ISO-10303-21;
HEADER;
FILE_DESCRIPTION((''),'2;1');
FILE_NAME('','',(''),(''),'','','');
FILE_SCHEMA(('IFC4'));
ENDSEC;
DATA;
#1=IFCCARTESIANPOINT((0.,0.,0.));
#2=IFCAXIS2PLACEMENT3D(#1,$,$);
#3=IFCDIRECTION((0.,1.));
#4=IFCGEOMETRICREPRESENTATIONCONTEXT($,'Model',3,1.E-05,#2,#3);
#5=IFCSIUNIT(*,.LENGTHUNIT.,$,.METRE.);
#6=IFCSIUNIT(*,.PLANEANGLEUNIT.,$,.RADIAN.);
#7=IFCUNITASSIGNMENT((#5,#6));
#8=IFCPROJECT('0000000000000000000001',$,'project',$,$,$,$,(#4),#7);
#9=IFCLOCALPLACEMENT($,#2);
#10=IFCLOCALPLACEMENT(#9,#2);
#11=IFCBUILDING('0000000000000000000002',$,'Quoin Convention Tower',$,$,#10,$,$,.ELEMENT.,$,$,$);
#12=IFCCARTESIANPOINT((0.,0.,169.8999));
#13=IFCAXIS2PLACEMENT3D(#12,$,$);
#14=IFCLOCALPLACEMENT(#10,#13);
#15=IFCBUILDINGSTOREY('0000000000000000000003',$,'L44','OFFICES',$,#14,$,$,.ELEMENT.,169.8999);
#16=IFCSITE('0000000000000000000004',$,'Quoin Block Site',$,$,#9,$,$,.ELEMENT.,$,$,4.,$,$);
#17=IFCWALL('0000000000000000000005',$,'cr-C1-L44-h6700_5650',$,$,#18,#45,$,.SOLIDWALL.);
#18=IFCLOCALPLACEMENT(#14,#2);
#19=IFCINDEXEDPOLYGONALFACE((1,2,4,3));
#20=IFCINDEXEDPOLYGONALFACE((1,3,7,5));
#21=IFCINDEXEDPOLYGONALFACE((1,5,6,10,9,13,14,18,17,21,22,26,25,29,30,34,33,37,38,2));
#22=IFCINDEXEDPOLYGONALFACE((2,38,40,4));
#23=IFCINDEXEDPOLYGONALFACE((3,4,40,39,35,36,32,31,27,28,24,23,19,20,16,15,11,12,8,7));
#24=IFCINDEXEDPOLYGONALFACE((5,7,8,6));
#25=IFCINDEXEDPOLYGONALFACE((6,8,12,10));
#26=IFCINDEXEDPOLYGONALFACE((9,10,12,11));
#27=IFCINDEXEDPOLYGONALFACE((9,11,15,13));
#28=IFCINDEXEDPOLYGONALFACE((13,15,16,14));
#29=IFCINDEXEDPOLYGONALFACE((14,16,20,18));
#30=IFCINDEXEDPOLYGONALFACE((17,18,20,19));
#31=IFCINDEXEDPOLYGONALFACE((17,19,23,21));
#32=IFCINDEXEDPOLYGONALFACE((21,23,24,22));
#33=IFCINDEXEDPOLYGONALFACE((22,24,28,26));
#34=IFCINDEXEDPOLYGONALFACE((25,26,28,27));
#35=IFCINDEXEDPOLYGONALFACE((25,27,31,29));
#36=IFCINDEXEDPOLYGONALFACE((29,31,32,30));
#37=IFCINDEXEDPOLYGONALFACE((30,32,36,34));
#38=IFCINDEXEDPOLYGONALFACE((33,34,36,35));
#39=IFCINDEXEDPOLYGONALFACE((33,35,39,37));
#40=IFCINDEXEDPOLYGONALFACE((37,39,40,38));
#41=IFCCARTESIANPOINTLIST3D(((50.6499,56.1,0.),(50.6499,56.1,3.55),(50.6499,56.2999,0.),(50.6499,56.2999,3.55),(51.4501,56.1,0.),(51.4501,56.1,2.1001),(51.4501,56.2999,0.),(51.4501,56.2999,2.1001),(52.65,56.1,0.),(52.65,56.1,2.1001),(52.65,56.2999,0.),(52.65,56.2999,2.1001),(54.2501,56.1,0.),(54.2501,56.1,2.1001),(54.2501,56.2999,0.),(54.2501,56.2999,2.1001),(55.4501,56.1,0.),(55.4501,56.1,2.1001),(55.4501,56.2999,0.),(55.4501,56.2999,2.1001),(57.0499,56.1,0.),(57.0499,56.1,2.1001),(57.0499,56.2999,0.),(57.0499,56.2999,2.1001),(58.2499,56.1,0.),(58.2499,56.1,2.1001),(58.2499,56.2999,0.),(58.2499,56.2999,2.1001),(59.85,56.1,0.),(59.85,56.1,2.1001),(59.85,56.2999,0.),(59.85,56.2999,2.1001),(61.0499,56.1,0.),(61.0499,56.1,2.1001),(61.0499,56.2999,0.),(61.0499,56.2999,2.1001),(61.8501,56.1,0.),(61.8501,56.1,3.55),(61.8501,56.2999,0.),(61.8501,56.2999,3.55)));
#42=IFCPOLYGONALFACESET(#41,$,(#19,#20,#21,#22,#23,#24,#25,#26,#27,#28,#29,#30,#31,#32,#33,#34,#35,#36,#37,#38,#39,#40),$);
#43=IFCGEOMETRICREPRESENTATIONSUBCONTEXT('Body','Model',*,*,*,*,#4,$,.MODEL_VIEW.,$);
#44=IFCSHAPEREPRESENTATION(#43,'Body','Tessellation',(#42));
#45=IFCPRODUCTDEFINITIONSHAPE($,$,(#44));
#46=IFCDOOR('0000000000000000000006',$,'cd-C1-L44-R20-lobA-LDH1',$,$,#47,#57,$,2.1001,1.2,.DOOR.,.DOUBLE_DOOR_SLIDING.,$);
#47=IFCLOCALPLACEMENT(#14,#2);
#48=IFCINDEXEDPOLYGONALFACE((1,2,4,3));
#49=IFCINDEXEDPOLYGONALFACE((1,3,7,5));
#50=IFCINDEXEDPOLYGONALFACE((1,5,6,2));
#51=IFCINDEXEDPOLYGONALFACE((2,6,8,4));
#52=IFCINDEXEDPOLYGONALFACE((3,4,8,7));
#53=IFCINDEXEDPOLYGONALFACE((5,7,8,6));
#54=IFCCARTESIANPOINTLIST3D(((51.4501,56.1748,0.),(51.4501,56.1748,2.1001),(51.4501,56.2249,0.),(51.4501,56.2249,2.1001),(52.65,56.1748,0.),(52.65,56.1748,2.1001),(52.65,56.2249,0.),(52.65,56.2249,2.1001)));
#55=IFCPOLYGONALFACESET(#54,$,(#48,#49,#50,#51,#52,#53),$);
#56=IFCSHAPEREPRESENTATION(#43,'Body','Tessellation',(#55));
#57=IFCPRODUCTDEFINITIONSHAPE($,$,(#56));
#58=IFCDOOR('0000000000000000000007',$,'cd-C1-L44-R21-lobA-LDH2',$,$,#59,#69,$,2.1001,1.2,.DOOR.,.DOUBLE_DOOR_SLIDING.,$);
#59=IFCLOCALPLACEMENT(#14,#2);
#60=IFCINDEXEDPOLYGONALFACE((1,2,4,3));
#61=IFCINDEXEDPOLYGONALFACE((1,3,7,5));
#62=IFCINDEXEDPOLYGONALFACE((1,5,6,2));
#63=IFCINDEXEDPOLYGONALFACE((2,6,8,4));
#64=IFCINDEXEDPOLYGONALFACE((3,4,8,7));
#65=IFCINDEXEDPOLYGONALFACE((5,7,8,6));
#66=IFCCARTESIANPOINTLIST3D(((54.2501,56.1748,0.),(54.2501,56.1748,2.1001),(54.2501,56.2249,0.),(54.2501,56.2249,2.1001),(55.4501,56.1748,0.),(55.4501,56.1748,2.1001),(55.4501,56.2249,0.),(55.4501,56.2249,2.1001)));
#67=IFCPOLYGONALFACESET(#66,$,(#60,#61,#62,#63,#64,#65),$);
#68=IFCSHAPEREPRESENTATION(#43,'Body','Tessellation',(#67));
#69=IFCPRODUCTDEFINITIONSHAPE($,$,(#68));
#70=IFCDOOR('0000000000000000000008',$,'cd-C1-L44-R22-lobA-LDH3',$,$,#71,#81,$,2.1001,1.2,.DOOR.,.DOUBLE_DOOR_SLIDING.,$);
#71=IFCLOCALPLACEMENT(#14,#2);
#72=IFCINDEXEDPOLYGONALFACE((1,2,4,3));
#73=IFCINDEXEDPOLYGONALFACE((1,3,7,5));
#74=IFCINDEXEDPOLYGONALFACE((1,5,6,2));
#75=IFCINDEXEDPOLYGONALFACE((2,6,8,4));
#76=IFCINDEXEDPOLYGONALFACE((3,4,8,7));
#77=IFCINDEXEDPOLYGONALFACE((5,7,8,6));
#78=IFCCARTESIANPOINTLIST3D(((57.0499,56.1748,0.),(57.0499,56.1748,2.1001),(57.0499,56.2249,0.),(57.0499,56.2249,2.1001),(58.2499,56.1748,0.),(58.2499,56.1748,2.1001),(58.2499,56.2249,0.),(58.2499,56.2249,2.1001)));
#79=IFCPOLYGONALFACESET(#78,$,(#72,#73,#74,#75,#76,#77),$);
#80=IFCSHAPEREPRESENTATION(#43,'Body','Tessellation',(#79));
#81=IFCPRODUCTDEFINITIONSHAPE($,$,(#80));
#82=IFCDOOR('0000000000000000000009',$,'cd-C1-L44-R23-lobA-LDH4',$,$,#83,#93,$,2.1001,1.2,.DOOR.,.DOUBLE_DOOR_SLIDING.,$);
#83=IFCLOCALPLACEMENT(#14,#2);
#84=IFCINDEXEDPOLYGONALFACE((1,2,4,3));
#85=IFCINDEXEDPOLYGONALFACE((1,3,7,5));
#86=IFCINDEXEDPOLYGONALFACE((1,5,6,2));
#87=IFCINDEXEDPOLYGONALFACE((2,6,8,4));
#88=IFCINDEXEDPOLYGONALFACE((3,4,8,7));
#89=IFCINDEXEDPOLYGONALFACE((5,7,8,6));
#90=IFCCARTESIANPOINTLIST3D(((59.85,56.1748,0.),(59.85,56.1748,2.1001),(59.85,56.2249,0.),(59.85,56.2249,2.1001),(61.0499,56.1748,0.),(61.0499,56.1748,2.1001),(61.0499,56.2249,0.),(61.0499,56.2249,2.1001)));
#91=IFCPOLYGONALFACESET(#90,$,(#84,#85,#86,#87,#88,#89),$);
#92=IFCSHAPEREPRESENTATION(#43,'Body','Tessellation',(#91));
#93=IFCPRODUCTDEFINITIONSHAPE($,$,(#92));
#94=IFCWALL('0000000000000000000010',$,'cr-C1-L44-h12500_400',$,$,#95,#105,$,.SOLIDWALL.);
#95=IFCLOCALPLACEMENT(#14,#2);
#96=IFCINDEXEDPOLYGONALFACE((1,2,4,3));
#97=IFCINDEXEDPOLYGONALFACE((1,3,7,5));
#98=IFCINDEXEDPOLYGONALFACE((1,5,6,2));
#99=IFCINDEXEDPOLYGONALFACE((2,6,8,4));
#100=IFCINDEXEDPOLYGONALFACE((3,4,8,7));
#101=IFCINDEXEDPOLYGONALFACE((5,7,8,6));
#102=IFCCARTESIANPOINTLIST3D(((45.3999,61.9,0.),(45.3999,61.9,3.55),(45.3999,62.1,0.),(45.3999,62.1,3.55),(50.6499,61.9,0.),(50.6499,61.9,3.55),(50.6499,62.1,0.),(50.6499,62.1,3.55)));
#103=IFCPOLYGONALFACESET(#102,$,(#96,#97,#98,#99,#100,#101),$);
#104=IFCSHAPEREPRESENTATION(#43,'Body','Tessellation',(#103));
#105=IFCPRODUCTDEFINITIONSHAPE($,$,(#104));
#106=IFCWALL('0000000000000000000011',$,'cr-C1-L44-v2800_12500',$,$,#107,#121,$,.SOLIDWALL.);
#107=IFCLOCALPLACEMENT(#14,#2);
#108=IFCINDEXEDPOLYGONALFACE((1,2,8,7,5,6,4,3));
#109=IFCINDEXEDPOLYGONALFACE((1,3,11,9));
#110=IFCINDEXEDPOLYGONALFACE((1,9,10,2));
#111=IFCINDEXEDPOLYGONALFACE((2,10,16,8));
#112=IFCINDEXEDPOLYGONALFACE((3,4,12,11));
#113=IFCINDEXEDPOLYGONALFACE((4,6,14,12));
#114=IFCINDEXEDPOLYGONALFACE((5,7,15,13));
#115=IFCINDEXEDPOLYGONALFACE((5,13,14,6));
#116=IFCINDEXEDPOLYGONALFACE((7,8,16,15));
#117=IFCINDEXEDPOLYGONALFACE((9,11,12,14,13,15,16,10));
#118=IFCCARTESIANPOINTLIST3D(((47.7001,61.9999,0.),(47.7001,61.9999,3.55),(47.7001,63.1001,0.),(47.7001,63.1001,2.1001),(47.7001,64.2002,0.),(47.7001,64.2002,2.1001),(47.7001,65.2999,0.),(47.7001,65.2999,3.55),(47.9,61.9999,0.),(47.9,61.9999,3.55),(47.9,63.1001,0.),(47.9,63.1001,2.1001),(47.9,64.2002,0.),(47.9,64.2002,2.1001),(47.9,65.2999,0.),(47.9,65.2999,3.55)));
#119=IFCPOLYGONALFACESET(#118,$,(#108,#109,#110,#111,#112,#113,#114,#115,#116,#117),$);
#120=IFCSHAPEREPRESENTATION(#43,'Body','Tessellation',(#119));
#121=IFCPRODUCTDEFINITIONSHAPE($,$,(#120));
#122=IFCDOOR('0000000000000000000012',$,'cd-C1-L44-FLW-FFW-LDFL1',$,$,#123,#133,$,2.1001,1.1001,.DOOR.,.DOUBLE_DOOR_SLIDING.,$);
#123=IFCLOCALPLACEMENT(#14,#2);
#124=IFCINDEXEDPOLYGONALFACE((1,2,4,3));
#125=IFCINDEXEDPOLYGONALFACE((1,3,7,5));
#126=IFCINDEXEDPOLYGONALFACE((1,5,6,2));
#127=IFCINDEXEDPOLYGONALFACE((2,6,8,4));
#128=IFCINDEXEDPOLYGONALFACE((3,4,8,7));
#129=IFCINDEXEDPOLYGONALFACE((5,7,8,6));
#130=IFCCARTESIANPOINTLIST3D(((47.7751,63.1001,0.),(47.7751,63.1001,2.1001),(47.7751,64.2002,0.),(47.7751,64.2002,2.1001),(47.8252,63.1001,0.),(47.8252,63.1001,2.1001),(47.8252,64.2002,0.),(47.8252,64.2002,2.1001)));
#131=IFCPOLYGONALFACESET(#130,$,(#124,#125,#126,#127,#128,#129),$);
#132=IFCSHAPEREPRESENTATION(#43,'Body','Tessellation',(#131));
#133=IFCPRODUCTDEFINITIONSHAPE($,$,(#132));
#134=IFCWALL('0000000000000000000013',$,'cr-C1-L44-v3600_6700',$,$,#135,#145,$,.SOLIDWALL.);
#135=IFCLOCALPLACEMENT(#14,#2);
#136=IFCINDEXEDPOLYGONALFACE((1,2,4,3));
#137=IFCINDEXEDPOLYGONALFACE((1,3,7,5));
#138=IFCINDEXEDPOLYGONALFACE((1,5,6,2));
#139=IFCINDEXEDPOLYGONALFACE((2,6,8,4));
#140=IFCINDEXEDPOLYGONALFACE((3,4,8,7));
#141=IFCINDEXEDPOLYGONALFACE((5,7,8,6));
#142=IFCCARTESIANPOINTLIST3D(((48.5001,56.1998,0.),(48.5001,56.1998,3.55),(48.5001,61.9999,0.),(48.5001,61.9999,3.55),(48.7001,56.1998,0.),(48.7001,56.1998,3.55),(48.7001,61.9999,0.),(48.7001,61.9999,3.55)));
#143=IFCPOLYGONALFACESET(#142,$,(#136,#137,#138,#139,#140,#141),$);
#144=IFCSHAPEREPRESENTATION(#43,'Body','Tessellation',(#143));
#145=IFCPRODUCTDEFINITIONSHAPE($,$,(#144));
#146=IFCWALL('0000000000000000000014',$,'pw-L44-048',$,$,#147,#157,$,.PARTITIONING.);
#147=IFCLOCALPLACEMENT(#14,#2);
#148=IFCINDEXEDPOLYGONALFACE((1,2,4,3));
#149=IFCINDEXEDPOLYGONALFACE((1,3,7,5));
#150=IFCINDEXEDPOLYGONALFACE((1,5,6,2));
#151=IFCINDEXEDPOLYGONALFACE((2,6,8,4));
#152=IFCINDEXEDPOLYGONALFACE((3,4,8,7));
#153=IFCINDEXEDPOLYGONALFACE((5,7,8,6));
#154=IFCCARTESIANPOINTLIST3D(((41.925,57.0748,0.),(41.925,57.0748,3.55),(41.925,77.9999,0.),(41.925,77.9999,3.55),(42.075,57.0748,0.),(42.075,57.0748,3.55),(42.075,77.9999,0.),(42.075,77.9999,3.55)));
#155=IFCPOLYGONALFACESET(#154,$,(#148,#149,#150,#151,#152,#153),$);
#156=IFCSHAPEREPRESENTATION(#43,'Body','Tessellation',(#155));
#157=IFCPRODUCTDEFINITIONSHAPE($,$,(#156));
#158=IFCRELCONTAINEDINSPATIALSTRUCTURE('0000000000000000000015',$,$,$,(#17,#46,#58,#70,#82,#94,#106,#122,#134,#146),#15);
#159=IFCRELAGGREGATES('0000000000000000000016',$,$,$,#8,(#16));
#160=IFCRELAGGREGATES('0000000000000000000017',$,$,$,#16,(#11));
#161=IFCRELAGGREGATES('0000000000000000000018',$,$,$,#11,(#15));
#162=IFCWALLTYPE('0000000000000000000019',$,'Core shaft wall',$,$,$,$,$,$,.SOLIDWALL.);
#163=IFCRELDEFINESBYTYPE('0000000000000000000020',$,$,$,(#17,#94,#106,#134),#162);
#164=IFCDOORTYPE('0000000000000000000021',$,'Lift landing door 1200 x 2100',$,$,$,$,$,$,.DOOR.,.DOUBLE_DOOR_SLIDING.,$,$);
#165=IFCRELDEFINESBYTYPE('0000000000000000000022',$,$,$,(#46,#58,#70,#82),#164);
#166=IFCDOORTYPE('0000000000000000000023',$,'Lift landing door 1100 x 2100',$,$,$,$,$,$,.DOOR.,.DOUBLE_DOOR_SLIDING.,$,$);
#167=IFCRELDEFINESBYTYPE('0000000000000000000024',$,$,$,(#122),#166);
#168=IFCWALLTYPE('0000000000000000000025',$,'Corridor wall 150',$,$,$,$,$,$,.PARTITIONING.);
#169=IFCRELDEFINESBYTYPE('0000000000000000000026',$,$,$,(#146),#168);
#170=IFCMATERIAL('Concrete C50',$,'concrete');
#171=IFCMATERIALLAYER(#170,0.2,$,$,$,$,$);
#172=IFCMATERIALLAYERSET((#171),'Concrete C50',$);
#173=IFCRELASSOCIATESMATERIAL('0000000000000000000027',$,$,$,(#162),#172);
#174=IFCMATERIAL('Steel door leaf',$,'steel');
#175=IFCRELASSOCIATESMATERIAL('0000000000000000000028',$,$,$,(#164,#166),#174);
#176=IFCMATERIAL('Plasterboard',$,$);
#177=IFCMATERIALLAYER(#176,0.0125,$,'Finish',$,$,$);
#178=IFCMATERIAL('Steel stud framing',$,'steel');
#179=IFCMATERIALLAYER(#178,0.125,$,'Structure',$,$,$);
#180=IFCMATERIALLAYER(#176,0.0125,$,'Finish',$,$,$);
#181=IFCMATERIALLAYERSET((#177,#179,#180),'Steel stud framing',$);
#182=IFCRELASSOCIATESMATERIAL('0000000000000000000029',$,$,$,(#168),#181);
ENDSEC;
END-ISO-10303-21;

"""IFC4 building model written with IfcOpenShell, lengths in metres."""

from ifc_helpers import new_model, si_unit, direction, frame, frame_2d, origin, place, context, subcontext, project, spatial, rectangle, extrude, material, layer, layer_set, type_object, element, fill, save


model = new_model("IFC4")

# Units and contexts
model_context = context("Model", 3, precision=1e-05, world=origin(), true_north=direction((0.0, 1.0)))
body_context = subcontext(model_context, "Body", "Model", "MODEL_VIEW")
ifc_project = project(units=[si_unit("LENGTHUNIT", "METRE"), si_unit("PLANEANGLEUNIT", "RADIAN")], contexts=[model_context])

# Site, building, storey
site_placement = place(None, origin())
site = spatial("IfcSite", under=ifc_project, at=site_placement, Name="Quoin Block Site", CompositionType="ELEMENT", RefElevation=4.0)
building_placement = place(site_placement, origin())
building = spatial("IfcBuilding", under=site, at=building_placement, Name="Quoin Convention Tower", CompositionType="ELEMENT")
storey_placement = place(building_placement, frame((0.0, 0.0, 169.8999)))
storey = spatial("IfcBuildingStorey", under=building, at=storey_placement, Name="L44", Description="OFFICES", CompositionType="ELEMENT", Elevation=169.8999)

# Wall, openings, doors
ifc_material_1 = material(Name="Concrete C50", Category="concrete")
ifc_layer_1 = layer(ifc_material_1, 0.2)
ifc_layer_set_1 = layer_set([ifc_layer_1], Name="Concrete C50")
wall_type_1 = type_object("IfcWallType", Name="Core shaft wall", PredefinedType="SOLIDWALL", material=ifc_layer_set_1)
wall_1_placement = place(storey_placement, frame((50.6499, 56.2, 0.0), z_axis=(0.0, 0.0, 1.0), x_axis=(1.0, 0.0, 0.0)))
wall_1 = element("IfcWall", 1, at=wall_1_placement, inside=storey, type_object=wall_type_1, Name="cr-C1-L44-h6700_5650", PredefinedType="SOLIDWALL", context=body_context, shape_type="SweptSolid", body=[
    extrude(rectangle(XDim=11.2002, YDim=0.2, at=frame_2d((5.6001, 0.0))), origin(), (0.0, 0.0, 1.0), 3.55),
])
opening_1_placement = place(wall_1_placement, frame((0.8, 0.0, 0.0)))
opening_1 = element("IfcOpeningElement", 2, at=opening_1_placement, cuts=wall_1, PredefinedType="OPENING", context=body_context, shape_type="SweptSolid", body=[
    extrude(rectangle(XDim=1.2, YDim=2.1001, at=frame_2d((0.6001, 1.05))), frame((0.0, 0.1099, 0.0), z_axis=(0.0, -1.0, 0.0), x_axis=(1.0, 0.0, 0.0)), (0.0, 0.0, 1.0), 0.22),
])
opening_2_placement = place(wall_1_placement, frame((3.6001, 0.0, 0.0)))
opening_2 = element("IfcOpeningElement", 3, at=opening_2_placement, cuts=wall_1, PredefinedType="OPENING", context=body_context, shape_type="SweptSolid", body=[
    extrude(rectangle(XDim=1.2, YDim=2.1001, at=frame_2d((0.6001, 1.05))), frame((0.0, 0.1099, 0.0), z_axis=(0.0, -1.0, 0.0), x_axis=(1.0, 0.0, 0.0)), (0.0, 0.0, 1.0), 0.22),
])
opening_3_placement = place(wall_1_placement, frame((6.3999, 0.0, 0.0)))
opening_3 = element("IfcOpeningElement", 4, at=opening_3_placement, cuts=wall_1, PredefinedType="OPENING", context=body_context, shape_type="SweptSolid", body=[
    extrude(rectangle(XDim=1.2, YDim=2.1001, at=frame_2d((0.6001, 1.05))), frame((0.0, 0.1099, 0.0), z_axis=(0.0, -1.0, 0.0), x_axis=(1.0, 0.0, 0.0)), (0.0, 0.0, 1.0), 0.22),
])
opening_4_placement = place(wall_1_placement, frame((9.2, 0.0, 0.0)))
opening_4 = element("IfcOpeningElement", 5, at=opening_4_placement, cuts=wall_1, PredefinedType="OPENING", context=body_context, shape_type="SweptSolid", body=[
    extrude(rectangle(XDim=1.2, YDim=2.1001, at=frame_2d((0.6001, 1.05))), frame((0.0, 0.1099, 0.0), z_axis=(0.0, -1.0, 0.0), x_axis=(1.0, 0.0, 0.0)), (0.0, 0.0, 1.0), 0.22),
])
ifc_material_2 = material(Name="Steel door leaf", Category="steel")
door_type_1 = type_object("IfcDoorType", Name="Lift landing door 1200 x 2100", OperationType="DOUBLE_DOOR_SLIDING", PredefinedType="DOOR", material=ifc_material_2)
door_1_placement = place(opening_1_placement, origin())
door_1 = element("IfcDoor", 6, at=door_1_placement, inside=storey, type_object=door_type_1, Name="cd-C1-L44-R20-lobA-LDH1", OperationType="DOUBLE_DOOR_SLIDING", OverallHeight=2.1001, OverallWidth=1.2, PredefinedType="DOOR", context=body_context, shape_type="SweptSolid", body=[
    extrude(rectangle(XDim=1.2, YDim=2.1001, at=frame_2d((0.6001, 1.05))), frame((0.0, 0.0249, 0.0), z_axis=(0.0, -1.0, 0.0), x_axis=(1.0, 0.0, 0.0)), (0.0, 0.0, 1.0), 0.05),
])
fill(opening_1, door_1)
door_2_placement = place(opening_2_placement, origin())
door_2 = element("IfcDoor", 7, at=door_2_placement, inside=storey, type_object=door_type_1, Name="cd-C1-L44-R21-lobA-LDH2", OperationType="DOUBLE_DOOR_SLIDING", OverallHeight=2.1001, OverallWidth=1.2, PredefinedType="DOOR", context=body_context, shape_type="SweptSolid", body=[
    extrude(rectangle(XDim=1.2, YDim=2.1001, at=frame_2d((0.6001, 1.05))), frame((0.0, 0.0249, 0.0), z_axis=(0.0, -1.0, 0.0), x_axis=(1.0, 0.0, 0.0)), (0.0, 0.0, 1.0), 0.05),
])
fill(opening_2, door_2)
door_3_placement = place(opening_3_placement, origin())
door_3 = element("IfcDoor", 8, at=door_3_placement, inside=storey, type_object=door_type_1, Name="cd-C1-L44-R22-lobA-LDH3", OperationType="DOUBLE_DOOR_SLIDING", OverallHeight=2.1001, OverallWidth=1.2, PredefinedType="DOOR", context=body_context, shape_type="SweptSolid", body=[
    extrude(rectangle(XDim=1.2, YDim=2.1001, at=frame_2d((0.6001, 1.05))), frame((0.0, 0.0249, 0.0), z_axis=(0.0, -1.0, 0.0), x_axis=(1.0, 0.0, 0.0)), (0.0, 0.0, 1.0), 0.05),
])
fill(opening_3, door_3)
door_4_placement = place(opening_4_placement, origin())
door_4 = element("IfcDoor", 9, at=door_4_placement, inside=storey, type_object=door_type_1, Name="cd-C1-L44-R23-lobA-LDH4", OperationType="DOUBLE_DOOR_SLIDING", OverallHeight=2.1001, OverallWidth=1.2, PredefinedType="DOOR", context=body_context, shape_type="SweptSolid", body=[
    extrude(rectangle(XDim=1.2, YDim=2.1001, at=frame_2d((0.6001, 1.05))), frame((0.0, 0.0249, 0.0), z_axis=(0.0, -1.0, 0.0), x_axis=(1.0, 0.0, 0.0)), (0.0, 0.0, 1.0), 0.05),
])
fill(opening_4, door_4)

# Wall
wall_2_placement = place(storey_placement, frame((45.3999, 62.0, 0.0), z_axis=(0.0, 0.0, 1.0), x_axis=(1.0, 0.0, 0.0)))
element("IfcWall", 10, at=wall_2_placement, inside=storey, type_object=wall_type_1, Name="cr-C1-L44-h12500_400", PredefinedType="SOLIDWALL", context=body_context, shape_type="SweptSolid", body=[
    extrude(rectangle(XDim=5.25, YDim=0.2, at=frame_2d((2.625, 0.0))), origin(), (0.0, 0.0, 1.0), 3.55),
])

# Wall, opening, door
wall_3_placement = place(storey_placement, frame((47.8, 62.0, 0.0), z_axis=(0.0, 0.0, 1.0), x_axis=(0.0, 1.0, 0.0)))
wall_3 = element("IfcWall", 11, at=wall_3_placement, inside=storey, type_object=wall_type_1, Name="cr-C1-L44-v2800_12500", PredefinedType="SOLIDWALL", context=body_context, shape_type="SweptSolid", body=[
    extrude(rectangle(XDim=3.3, YDim=0.2, at=frame_2d((1.6499, 0.0))), origin(), (0.0, 0.0, 1.0), 3.55),
])
opening_5_placement = place(wall_3_placement, frame((1.1001, 0.0, 0.0)))
opening_5 = element("IfcOpeningElement", 12, at=opening_5_placement, cuts=wall_3, PredefinedType="OPENING", context=body_context, shape_type="SweptSolid", body=[
    extrude(rectangle(XDim=1.1001, YDim=2.1001, at=frame_2d((0.55, 1.05))), frame((0.0, 0.1099, 0.0), z_axis=(0.0, -1.0, 0.0), x_axis=(1.0, 0.0, 0.0)), (0.0, 0.0, 1.0), 0.22),
])
door_type_2 = type_object("IfcDoorType", Name="Lift landing door 1100 x 2100", OperationType="DOUBLE_DOOR_SLIDING", PredefinedType="DOOR", material=ifc_material_2)
door_5_placement = place(opening_5_placement, origin())
door_5 = element("IfcDoor", 13, at=door_5_placement, inside=storey, type_object=door_type_2, Name="cd-C1-L44-FLW-FFW-LDFL1", OperationType="DOUBLE_DOOR_SLIDING", OverallHeight=2.1001, OverallWidth=1.1001, PredefinedType="DOOR", context=body_context, shape_type="SweptSolid", body=[
    extrude(rectangle(XDim=1.1001, YDim=2.1001, at=frame_2d((0.55, 1.05))), frame((0.0, 0.0249, 0.0), z_axis=(0.0, -1.0, 0.0), x_axis=(1.0, 0.0, 0.0)), (0.0, 0.0, 1.0), 0.05),
])
fill(opening_5, door_5)

# Walls
wall_4_placement = place(storey_placement, frame((48.6001, 56.2, 0.0), z_axis=(0.0, 0.0, 1.0), x_axis=(0.0, 1.0, 0.0)))
element("IfcWall", 14, at=wall_4_placement, inside=storey, type_object=wall_type_1, Name="cr-C1-L44-v3600_6700", PredefinedType="SOLIDWALL", context=body_context, shape_type="SweptSolid", body=[
    extrude(rectangle(XDim=5.8, YDim=0.2, at=frame_2d((2.8999, 0.0))), origin(), (0.0, 0.0, 1.0), 3.55),
])
ifc_material_3 = material(Name="Plasterboard")
ifc_layer_2 = layer(ifc_material_3, 0.0125, Name="Finish")
ifc_material_4 = material(Name="Steel stud framing", Category="steel")
ifc_layer_3 = layer(ifc_material_4, 0.125, Name="Structure")
ifc_layer_4 = layer(ifc_material_3, 0.0125, Name="Finish")
ifc_layer_set_2 = layer_set([ifc_layer_2, ifc_layer_3, ifc_layer_4], Name="Steel stud framing")
wall_type_2 = type_object("IfcWallType", Name="Corridor wall 150", PredefinedType="PARTITIONING", material=ifc_layer_set_2)
wall_5_placement = place(storey_placement, frame((42.0, 57.075, 0.0), z_axis=(0.0, 0.0, 1.0), x_axis=(0.0, 1.0, 0.0)))
element("IfcWall", 15, at=wall_5_placement, inside=storey, type_object=wall_type_2, Name="pw-L44-048", PredefinedType="PARTITIONING", context=body_context, shape_type="SweptSolid", body=[
    extrude(rectangle(XDim=20.925, YDim=0.1499, at=frame_2d((10.4624, 0.0))), origin(), (0.0, 0.0, 1.0), 3.55),
])

save(model, "model.ifc")
